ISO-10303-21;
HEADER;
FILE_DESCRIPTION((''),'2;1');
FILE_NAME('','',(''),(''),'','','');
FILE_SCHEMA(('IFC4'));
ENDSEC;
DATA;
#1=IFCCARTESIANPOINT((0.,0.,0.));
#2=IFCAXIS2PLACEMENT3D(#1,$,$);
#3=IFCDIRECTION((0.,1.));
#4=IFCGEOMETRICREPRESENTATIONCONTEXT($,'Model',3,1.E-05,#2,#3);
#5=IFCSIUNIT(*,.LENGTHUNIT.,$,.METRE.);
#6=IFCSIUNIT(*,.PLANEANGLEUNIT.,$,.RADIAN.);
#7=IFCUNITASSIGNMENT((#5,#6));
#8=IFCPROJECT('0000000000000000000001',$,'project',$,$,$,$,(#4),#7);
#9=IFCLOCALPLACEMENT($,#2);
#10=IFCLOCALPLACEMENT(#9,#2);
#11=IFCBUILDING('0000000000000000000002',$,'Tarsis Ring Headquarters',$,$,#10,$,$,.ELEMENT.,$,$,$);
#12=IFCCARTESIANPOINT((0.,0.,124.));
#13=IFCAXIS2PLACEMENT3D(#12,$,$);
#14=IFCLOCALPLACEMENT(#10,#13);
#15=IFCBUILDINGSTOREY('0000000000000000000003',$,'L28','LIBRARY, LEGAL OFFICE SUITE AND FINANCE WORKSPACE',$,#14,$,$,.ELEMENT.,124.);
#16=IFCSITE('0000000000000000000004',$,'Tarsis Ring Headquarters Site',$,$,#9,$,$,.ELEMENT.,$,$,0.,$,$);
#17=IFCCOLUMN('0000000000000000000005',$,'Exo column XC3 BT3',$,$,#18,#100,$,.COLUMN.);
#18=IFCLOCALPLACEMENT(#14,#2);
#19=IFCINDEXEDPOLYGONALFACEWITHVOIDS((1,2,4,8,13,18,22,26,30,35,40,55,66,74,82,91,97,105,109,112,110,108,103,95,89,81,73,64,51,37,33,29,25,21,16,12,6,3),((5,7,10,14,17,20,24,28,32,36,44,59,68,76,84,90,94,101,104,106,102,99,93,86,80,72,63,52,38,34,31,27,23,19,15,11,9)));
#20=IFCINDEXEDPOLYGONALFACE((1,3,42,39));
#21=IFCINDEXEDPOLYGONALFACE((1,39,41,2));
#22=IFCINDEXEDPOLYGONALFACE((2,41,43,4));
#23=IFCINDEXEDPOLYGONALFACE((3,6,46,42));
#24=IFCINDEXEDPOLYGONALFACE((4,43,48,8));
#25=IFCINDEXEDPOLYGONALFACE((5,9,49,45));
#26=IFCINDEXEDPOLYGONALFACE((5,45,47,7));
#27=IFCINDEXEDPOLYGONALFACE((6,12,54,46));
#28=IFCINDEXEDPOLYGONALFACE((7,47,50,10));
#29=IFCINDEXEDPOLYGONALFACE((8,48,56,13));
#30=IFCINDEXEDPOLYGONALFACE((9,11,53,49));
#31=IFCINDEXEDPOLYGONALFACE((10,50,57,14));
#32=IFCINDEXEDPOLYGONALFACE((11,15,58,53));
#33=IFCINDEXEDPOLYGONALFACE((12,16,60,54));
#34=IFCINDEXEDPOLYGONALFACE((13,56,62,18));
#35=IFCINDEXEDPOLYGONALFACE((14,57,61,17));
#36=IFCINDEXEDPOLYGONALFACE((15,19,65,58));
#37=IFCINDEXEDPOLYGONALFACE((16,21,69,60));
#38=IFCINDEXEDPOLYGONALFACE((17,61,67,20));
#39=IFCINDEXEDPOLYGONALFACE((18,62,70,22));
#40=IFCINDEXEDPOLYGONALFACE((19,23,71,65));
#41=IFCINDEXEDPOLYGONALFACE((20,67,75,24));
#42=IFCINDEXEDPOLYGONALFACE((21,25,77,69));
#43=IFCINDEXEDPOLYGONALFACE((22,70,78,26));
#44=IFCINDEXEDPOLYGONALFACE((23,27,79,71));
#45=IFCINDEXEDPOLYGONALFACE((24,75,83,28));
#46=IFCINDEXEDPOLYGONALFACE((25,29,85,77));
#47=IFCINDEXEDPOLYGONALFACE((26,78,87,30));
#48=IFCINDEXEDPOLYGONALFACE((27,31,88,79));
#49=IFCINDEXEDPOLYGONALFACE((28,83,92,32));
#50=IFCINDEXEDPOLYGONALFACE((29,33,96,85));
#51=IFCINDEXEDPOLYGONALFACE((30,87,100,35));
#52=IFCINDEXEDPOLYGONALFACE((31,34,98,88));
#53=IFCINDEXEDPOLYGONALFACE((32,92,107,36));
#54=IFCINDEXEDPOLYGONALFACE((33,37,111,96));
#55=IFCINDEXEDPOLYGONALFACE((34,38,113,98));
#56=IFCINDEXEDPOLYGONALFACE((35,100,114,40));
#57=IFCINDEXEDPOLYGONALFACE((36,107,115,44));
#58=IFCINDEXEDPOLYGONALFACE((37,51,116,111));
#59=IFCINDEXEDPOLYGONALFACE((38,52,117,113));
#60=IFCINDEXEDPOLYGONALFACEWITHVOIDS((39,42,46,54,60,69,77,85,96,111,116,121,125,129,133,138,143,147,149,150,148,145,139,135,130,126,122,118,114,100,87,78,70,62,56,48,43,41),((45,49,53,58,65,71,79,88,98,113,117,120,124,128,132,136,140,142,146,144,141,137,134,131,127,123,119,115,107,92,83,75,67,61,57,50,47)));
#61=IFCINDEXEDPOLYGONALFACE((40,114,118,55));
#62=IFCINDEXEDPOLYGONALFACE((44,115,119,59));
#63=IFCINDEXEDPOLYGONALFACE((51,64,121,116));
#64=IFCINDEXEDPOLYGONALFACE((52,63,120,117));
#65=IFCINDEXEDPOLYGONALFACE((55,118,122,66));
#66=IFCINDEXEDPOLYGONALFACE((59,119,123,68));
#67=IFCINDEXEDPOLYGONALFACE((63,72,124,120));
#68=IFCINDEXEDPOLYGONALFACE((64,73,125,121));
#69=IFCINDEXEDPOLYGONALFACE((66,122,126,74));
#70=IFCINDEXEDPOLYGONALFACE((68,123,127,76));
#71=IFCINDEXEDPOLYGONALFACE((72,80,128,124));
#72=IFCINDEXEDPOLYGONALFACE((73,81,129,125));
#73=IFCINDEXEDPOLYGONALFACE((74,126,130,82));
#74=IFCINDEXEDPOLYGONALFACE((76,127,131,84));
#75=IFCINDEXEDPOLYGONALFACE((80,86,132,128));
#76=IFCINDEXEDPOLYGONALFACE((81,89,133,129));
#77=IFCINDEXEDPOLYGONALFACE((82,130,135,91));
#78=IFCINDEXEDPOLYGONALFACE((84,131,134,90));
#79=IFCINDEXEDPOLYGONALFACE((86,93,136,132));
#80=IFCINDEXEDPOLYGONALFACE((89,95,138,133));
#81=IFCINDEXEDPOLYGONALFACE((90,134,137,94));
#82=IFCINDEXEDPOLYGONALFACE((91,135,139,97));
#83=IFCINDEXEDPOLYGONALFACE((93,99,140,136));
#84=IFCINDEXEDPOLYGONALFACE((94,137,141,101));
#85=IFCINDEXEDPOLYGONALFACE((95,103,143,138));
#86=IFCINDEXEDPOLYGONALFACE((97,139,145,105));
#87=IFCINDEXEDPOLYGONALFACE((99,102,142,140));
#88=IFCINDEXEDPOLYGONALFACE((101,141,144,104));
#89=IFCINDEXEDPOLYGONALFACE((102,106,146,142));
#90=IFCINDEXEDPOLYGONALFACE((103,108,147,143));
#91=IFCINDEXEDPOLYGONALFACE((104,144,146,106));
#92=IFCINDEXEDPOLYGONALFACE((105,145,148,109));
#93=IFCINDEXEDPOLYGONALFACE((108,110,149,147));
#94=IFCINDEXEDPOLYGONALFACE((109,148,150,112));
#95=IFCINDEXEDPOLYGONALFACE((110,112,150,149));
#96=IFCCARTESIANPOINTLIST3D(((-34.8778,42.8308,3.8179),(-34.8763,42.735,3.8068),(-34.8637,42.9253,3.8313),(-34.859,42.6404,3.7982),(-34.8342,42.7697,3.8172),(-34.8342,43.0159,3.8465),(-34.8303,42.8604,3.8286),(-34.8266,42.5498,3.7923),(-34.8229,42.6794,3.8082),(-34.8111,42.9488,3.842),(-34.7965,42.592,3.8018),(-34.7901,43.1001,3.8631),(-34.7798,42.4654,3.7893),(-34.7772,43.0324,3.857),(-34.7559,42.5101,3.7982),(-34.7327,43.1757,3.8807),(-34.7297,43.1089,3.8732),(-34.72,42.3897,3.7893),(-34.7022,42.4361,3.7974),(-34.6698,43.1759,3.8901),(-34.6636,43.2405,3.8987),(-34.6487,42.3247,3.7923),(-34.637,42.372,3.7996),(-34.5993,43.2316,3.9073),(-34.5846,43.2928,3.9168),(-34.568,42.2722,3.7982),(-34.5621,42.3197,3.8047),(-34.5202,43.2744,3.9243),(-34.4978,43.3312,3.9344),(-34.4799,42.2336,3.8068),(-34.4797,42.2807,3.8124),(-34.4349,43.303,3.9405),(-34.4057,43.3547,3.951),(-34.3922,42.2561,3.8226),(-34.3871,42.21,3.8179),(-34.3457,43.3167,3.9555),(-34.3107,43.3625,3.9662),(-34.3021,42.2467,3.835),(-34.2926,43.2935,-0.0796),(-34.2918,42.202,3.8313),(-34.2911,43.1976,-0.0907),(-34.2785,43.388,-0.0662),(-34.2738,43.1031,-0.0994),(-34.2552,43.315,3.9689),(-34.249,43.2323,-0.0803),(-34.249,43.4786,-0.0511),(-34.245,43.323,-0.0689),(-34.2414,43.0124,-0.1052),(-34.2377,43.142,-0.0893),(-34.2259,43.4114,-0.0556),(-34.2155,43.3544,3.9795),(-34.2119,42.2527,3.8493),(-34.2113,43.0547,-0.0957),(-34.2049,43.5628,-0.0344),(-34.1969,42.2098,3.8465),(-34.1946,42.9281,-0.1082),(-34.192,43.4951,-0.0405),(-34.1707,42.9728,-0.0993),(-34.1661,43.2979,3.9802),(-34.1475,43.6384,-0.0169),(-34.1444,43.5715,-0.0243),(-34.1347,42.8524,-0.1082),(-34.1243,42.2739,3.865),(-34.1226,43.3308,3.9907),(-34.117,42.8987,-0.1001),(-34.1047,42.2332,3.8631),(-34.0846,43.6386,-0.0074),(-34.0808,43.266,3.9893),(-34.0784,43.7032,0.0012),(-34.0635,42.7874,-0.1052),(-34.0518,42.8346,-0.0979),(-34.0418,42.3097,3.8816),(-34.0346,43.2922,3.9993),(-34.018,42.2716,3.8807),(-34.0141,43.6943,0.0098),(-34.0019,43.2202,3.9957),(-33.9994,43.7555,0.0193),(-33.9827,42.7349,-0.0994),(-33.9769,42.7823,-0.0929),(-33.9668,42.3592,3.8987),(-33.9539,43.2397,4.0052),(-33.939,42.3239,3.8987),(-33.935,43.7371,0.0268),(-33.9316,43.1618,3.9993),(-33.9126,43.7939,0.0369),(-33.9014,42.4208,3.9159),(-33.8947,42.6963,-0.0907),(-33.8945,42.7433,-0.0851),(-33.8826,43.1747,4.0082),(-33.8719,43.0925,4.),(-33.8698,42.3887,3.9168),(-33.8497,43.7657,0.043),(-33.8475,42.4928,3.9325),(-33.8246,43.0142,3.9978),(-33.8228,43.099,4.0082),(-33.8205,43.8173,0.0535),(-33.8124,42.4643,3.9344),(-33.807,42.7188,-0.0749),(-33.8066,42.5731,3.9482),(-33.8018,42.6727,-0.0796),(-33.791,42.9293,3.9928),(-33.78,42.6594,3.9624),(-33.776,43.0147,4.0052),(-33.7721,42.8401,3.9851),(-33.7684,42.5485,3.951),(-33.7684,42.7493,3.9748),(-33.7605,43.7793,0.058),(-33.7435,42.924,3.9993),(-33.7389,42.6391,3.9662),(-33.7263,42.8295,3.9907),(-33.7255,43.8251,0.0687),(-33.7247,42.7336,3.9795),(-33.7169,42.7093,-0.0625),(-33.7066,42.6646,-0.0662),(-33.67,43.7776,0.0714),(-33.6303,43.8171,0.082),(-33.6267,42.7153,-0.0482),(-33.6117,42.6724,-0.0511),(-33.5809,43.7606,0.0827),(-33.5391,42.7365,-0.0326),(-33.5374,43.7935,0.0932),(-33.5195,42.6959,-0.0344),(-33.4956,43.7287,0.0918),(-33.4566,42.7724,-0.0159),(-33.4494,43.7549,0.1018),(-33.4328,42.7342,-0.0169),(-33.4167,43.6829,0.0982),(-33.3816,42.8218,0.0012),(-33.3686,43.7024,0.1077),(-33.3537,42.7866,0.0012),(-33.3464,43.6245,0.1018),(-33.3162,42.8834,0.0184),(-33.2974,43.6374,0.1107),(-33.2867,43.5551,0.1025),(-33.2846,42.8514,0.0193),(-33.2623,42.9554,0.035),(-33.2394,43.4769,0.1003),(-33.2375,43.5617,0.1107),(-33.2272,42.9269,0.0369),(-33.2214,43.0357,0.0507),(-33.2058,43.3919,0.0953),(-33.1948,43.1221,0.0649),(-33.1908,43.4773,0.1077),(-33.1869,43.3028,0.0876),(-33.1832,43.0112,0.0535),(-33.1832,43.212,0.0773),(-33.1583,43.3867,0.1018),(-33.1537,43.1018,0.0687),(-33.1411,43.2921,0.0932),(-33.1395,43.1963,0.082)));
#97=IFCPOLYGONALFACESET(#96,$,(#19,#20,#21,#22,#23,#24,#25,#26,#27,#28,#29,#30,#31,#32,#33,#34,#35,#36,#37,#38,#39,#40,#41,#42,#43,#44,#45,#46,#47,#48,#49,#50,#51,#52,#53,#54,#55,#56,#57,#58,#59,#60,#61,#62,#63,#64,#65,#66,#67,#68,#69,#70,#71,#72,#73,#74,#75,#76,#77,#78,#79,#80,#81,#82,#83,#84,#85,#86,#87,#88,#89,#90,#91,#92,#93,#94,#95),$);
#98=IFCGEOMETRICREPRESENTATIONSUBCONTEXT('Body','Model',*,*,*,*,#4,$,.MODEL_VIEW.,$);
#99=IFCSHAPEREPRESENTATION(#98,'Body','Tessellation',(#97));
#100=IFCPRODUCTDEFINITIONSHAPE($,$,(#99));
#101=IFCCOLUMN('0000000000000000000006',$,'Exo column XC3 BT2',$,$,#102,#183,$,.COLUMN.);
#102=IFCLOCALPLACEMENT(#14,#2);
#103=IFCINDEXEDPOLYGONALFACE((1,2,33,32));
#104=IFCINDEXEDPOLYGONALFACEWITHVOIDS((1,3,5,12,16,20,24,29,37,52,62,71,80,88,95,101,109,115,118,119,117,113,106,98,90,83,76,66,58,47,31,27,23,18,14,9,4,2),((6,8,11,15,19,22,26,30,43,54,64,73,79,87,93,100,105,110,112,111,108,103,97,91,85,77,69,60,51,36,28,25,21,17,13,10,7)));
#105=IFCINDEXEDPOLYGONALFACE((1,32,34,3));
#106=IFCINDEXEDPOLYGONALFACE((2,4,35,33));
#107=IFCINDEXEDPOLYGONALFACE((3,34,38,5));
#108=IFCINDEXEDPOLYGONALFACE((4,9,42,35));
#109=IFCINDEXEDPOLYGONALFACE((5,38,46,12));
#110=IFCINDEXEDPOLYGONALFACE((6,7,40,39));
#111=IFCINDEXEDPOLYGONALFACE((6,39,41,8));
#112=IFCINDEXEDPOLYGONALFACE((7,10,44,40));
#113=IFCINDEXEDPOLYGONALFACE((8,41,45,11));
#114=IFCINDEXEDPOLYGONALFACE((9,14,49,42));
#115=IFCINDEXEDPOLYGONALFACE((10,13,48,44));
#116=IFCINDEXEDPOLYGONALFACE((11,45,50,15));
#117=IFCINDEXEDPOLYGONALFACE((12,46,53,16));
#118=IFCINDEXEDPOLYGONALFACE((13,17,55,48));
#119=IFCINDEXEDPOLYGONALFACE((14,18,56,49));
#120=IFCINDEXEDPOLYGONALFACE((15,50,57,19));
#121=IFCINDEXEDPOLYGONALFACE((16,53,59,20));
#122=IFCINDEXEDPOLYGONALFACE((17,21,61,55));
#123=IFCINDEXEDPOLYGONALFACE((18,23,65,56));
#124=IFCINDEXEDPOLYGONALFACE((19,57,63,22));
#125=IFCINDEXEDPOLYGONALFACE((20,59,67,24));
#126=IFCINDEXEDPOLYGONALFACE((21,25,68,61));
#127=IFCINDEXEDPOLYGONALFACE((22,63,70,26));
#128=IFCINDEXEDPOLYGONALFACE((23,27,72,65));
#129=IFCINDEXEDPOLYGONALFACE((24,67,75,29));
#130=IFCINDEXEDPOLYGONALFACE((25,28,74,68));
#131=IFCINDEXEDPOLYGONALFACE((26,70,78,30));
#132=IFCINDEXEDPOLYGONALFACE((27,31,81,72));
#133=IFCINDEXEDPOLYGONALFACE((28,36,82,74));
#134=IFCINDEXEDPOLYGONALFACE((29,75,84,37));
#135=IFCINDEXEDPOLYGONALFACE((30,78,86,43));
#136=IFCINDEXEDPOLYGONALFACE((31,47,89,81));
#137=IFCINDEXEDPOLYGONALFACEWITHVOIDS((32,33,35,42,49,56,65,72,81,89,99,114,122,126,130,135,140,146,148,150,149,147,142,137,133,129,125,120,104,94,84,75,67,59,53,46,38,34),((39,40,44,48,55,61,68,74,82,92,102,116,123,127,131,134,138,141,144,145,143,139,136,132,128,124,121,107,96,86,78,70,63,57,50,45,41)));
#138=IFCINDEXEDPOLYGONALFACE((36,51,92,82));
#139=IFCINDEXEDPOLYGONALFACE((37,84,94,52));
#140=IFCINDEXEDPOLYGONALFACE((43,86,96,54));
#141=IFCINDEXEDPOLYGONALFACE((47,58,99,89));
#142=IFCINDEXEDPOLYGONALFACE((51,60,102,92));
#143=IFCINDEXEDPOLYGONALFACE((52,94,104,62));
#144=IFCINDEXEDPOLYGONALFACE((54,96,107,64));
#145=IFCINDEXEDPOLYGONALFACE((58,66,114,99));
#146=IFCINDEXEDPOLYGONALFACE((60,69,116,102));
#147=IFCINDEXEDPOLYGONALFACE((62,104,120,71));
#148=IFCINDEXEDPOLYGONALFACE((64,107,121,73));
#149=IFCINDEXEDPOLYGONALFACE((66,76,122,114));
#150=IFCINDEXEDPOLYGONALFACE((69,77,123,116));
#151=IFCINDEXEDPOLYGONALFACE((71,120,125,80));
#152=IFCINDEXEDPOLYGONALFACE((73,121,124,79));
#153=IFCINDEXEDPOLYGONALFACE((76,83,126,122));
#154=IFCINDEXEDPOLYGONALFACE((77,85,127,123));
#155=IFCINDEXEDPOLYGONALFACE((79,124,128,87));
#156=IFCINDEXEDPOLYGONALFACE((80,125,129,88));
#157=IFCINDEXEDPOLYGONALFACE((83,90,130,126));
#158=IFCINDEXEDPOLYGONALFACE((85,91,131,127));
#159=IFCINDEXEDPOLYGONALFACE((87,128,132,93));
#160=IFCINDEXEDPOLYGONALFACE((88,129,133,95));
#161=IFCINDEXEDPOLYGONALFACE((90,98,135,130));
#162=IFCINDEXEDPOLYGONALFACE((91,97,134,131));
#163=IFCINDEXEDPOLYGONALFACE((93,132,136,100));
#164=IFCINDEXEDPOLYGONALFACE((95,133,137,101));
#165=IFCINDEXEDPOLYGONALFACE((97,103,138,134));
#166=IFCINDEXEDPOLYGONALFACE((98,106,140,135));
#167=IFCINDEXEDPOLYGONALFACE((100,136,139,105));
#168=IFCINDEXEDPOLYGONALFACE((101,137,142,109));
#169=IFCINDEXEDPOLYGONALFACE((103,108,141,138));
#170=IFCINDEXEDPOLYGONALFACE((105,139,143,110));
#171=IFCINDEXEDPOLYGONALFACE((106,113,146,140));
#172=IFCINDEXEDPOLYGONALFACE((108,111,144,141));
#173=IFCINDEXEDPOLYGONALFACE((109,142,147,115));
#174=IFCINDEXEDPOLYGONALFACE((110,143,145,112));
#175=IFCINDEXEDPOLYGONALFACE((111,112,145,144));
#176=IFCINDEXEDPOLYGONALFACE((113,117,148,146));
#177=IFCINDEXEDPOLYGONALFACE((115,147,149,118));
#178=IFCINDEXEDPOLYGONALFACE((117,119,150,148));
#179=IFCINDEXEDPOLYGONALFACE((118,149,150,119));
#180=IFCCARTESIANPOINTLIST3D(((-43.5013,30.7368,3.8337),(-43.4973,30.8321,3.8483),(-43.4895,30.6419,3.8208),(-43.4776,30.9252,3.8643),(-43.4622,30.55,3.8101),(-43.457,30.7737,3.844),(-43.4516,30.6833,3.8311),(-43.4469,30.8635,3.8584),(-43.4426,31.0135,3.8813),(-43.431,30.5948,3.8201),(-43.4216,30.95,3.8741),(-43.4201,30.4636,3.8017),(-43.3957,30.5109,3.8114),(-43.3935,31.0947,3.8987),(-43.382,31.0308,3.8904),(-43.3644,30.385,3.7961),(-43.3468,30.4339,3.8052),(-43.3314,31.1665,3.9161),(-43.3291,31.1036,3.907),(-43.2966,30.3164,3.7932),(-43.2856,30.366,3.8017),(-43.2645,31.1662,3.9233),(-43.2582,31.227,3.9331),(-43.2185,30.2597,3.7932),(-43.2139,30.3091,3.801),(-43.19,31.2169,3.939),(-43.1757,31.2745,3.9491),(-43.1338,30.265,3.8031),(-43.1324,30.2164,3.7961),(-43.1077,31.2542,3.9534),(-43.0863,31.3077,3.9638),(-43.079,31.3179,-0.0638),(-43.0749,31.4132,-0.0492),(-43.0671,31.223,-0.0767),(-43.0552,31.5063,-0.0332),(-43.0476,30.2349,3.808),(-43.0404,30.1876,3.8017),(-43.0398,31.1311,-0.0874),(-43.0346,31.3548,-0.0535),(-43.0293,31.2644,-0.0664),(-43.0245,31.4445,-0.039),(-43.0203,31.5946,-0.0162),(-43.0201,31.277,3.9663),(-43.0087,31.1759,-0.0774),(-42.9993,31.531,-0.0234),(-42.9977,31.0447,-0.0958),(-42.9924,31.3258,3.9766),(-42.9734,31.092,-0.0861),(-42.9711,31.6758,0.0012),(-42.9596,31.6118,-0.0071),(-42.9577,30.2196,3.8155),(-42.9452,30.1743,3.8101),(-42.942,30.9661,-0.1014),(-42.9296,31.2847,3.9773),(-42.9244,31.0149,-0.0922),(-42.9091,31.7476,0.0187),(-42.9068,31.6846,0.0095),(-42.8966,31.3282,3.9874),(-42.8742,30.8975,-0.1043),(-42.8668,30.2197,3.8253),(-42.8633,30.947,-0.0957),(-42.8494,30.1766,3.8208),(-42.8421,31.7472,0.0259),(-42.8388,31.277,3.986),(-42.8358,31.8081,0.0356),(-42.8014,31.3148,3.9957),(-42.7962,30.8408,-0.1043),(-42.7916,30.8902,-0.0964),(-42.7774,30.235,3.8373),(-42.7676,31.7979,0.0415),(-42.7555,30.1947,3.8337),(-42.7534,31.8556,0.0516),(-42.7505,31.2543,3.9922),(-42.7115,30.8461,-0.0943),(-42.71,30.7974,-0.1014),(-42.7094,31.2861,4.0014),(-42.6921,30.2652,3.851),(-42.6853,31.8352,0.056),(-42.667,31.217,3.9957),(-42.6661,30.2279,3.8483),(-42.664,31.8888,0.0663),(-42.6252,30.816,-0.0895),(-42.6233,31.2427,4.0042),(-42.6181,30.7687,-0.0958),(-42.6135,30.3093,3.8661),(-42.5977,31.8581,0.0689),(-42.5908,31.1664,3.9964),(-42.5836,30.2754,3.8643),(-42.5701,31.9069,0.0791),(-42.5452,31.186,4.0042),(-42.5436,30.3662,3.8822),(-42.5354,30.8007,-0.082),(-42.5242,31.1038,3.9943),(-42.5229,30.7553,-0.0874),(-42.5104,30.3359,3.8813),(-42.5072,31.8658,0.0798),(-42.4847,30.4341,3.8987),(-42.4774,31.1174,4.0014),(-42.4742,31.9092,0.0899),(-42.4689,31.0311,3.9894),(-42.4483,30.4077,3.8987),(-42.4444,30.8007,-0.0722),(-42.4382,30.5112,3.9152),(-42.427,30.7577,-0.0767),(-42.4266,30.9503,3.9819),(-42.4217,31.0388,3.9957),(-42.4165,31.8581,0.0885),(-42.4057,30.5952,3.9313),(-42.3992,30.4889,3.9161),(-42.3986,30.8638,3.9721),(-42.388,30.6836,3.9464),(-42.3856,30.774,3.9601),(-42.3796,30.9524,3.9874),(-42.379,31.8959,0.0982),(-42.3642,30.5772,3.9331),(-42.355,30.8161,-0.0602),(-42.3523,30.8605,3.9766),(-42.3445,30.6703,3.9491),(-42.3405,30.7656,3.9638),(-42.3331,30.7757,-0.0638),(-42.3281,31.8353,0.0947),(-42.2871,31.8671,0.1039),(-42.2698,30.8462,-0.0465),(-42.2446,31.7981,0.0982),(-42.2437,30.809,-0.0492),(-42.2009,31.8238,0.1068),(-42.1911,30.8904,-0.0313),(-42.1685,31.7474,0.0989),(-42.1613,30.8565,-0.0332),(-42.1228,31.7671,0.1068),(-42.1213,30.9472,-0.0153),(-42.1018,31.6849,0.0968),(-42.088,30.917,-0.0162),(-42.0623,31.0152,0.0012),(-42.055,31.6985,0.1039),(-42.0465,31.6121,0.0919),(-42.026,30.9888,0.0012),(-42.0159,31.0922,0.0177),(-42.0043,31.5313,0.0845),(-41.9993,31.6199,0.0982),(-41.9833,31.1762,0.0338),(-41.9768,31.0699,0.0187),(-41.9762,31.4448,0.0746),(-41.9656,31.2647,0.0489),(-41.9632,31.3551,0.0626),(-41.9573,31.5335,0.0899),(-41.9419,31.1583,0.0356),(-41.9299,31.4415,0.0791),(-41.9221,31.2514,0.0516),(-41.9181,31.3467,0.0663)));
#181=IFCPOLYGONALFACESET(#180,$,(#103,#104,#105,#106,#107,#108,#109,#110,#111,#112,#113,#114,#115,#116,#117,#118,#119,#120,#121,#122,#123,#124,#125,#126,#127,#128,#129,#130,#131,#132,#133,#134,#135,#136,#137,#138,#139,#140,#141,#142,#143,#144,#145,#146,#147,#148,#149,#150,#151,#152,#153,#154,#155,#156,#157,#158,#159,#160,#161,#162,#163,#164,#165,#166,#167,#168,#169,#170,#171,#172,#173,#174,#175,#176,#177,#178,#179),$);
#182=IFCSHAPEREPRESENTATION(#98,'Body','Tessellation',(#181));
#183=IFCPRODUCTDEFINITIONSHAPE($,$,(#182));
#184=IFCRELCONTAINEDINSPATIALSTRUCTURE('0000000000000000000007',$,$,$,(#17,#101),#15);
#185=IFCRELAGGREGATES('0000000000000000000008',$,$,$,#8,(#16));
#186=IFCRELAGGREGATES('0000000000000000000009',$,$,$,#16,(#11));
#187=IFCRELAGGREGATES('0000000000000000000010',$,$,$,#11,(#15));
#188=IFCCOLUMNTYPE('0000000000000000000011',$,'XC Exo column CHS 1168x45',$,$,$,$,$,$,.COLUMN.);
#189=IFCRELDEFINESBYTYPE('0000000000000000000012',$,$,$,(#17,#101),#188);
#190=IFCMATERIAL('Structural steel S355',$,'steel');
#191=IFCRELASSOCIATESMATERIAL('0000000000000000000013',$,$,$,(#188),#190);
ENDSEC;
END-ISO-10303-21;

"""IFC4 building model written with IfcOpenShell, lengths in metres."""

from ifc_helpers import new_model, si_unit, direction, frame, origin, origin_2d, place, context, subcontext, project, spatial, hollow_circle, extrude, material, material_profile, profile_set, type_object, element, save


model = new_model("IFC4")

# Units and contexts
model_context = context("Model", 3, precision=1e-05, world=origin(), true_north=direction((0.0, 1.0)))
body_context = subcontext(model_context, "Body", "Model", "MODEL_VIEW")
ifc_project = project(units=[si_unit("LENGTHUNIT", "METRE"), si_unit("PLANEANGLEUNIT", "RADIAN")], contexts=[model_context])

# Site, building, storey
site_placement = place(None, origin())
site = spatial("IfcSite", under=ifc_project, at=site_placement, Name="Tarsis Ring Headquarters Site", CompositionType="ELEMENT", RefElevation=0.0)
building_placement = place(site_placement, origin())
building = spatial("IfcBuilding", under=site, at=building_placement, Name="Tarsis Ring Headquarters", CompositionType="ELEMENT")
storey_placement = place(building_placement, frame((0.0, 0.0, 124.0)))
storey = spatial("IfcBuildingStorey", under=building, at=storey_placement, Name="L28", Description="LIBRARY, LEGAL OFFICE SUITE AND FINANCE WORKSPACE", CompositionType="ELEMENT", Elevation=124.0)

# Columns
ifc_material_1 = material(Name="Structural steel S355", Category="steel")
ifc_material_profile_1 = material_profile(ifc_material_1, hollow_circle(Radius=0.5842, WallThickness=0.0449, at=origin_2d()), Name="CHS 1168x45")
ifc_profile_set_1 = profile_set([ifc_material_profile_1], Name="Structural steel S355")
column_type = type_object("IfcColumnType", Name="XC Exo column CHS 1168x45", PredefinedType="COLUMN", material=ifc_profile_set_1)
column_1_placement = place(storey_placement, frame((-33.7161, 43.2449, 0.0012), z_axis=(-0.147473, -0.116588, 0.98217), x_axis=(0.620175, -0.784464, 0.0)))
element("IfcColumn", 1, at=column_1_placement, inside=storey, type_object=column_type, Name="Exo column XC3 BT3", PredefinedType="COLUMN", context=body_context, shape_type="SweptSolid", body=[
    extrude(hollow_circle(Radius=0.5842, WallThickness=0.0449, at=origin_2d()), origin(), (0.0, 0.0, 1.0), 3.9683),
])
column_2_placement = place(storey_placement, frame((-42.4985, 31.3323, 0.0012), z_axis=(-0.106574, -0.146616, 0.983436), x_axis=(0.808883, -0.58797, 0.0)))
element("IfcColumn", 2, at=column_2_placement, inside=storey, type_object=column_type, Name="Exo column XC3 BT2", PredefinedType="COLUMN", context=body_context, shape_type="SweptSolid", body=[
    extrude(hollow_circle(Radius=0.5842, WallThickness=0.0449, at=origin_2d()), origin(), (0.0, 0.0, 1.0), 3.9631),
])

save(model, "model.ifc")
